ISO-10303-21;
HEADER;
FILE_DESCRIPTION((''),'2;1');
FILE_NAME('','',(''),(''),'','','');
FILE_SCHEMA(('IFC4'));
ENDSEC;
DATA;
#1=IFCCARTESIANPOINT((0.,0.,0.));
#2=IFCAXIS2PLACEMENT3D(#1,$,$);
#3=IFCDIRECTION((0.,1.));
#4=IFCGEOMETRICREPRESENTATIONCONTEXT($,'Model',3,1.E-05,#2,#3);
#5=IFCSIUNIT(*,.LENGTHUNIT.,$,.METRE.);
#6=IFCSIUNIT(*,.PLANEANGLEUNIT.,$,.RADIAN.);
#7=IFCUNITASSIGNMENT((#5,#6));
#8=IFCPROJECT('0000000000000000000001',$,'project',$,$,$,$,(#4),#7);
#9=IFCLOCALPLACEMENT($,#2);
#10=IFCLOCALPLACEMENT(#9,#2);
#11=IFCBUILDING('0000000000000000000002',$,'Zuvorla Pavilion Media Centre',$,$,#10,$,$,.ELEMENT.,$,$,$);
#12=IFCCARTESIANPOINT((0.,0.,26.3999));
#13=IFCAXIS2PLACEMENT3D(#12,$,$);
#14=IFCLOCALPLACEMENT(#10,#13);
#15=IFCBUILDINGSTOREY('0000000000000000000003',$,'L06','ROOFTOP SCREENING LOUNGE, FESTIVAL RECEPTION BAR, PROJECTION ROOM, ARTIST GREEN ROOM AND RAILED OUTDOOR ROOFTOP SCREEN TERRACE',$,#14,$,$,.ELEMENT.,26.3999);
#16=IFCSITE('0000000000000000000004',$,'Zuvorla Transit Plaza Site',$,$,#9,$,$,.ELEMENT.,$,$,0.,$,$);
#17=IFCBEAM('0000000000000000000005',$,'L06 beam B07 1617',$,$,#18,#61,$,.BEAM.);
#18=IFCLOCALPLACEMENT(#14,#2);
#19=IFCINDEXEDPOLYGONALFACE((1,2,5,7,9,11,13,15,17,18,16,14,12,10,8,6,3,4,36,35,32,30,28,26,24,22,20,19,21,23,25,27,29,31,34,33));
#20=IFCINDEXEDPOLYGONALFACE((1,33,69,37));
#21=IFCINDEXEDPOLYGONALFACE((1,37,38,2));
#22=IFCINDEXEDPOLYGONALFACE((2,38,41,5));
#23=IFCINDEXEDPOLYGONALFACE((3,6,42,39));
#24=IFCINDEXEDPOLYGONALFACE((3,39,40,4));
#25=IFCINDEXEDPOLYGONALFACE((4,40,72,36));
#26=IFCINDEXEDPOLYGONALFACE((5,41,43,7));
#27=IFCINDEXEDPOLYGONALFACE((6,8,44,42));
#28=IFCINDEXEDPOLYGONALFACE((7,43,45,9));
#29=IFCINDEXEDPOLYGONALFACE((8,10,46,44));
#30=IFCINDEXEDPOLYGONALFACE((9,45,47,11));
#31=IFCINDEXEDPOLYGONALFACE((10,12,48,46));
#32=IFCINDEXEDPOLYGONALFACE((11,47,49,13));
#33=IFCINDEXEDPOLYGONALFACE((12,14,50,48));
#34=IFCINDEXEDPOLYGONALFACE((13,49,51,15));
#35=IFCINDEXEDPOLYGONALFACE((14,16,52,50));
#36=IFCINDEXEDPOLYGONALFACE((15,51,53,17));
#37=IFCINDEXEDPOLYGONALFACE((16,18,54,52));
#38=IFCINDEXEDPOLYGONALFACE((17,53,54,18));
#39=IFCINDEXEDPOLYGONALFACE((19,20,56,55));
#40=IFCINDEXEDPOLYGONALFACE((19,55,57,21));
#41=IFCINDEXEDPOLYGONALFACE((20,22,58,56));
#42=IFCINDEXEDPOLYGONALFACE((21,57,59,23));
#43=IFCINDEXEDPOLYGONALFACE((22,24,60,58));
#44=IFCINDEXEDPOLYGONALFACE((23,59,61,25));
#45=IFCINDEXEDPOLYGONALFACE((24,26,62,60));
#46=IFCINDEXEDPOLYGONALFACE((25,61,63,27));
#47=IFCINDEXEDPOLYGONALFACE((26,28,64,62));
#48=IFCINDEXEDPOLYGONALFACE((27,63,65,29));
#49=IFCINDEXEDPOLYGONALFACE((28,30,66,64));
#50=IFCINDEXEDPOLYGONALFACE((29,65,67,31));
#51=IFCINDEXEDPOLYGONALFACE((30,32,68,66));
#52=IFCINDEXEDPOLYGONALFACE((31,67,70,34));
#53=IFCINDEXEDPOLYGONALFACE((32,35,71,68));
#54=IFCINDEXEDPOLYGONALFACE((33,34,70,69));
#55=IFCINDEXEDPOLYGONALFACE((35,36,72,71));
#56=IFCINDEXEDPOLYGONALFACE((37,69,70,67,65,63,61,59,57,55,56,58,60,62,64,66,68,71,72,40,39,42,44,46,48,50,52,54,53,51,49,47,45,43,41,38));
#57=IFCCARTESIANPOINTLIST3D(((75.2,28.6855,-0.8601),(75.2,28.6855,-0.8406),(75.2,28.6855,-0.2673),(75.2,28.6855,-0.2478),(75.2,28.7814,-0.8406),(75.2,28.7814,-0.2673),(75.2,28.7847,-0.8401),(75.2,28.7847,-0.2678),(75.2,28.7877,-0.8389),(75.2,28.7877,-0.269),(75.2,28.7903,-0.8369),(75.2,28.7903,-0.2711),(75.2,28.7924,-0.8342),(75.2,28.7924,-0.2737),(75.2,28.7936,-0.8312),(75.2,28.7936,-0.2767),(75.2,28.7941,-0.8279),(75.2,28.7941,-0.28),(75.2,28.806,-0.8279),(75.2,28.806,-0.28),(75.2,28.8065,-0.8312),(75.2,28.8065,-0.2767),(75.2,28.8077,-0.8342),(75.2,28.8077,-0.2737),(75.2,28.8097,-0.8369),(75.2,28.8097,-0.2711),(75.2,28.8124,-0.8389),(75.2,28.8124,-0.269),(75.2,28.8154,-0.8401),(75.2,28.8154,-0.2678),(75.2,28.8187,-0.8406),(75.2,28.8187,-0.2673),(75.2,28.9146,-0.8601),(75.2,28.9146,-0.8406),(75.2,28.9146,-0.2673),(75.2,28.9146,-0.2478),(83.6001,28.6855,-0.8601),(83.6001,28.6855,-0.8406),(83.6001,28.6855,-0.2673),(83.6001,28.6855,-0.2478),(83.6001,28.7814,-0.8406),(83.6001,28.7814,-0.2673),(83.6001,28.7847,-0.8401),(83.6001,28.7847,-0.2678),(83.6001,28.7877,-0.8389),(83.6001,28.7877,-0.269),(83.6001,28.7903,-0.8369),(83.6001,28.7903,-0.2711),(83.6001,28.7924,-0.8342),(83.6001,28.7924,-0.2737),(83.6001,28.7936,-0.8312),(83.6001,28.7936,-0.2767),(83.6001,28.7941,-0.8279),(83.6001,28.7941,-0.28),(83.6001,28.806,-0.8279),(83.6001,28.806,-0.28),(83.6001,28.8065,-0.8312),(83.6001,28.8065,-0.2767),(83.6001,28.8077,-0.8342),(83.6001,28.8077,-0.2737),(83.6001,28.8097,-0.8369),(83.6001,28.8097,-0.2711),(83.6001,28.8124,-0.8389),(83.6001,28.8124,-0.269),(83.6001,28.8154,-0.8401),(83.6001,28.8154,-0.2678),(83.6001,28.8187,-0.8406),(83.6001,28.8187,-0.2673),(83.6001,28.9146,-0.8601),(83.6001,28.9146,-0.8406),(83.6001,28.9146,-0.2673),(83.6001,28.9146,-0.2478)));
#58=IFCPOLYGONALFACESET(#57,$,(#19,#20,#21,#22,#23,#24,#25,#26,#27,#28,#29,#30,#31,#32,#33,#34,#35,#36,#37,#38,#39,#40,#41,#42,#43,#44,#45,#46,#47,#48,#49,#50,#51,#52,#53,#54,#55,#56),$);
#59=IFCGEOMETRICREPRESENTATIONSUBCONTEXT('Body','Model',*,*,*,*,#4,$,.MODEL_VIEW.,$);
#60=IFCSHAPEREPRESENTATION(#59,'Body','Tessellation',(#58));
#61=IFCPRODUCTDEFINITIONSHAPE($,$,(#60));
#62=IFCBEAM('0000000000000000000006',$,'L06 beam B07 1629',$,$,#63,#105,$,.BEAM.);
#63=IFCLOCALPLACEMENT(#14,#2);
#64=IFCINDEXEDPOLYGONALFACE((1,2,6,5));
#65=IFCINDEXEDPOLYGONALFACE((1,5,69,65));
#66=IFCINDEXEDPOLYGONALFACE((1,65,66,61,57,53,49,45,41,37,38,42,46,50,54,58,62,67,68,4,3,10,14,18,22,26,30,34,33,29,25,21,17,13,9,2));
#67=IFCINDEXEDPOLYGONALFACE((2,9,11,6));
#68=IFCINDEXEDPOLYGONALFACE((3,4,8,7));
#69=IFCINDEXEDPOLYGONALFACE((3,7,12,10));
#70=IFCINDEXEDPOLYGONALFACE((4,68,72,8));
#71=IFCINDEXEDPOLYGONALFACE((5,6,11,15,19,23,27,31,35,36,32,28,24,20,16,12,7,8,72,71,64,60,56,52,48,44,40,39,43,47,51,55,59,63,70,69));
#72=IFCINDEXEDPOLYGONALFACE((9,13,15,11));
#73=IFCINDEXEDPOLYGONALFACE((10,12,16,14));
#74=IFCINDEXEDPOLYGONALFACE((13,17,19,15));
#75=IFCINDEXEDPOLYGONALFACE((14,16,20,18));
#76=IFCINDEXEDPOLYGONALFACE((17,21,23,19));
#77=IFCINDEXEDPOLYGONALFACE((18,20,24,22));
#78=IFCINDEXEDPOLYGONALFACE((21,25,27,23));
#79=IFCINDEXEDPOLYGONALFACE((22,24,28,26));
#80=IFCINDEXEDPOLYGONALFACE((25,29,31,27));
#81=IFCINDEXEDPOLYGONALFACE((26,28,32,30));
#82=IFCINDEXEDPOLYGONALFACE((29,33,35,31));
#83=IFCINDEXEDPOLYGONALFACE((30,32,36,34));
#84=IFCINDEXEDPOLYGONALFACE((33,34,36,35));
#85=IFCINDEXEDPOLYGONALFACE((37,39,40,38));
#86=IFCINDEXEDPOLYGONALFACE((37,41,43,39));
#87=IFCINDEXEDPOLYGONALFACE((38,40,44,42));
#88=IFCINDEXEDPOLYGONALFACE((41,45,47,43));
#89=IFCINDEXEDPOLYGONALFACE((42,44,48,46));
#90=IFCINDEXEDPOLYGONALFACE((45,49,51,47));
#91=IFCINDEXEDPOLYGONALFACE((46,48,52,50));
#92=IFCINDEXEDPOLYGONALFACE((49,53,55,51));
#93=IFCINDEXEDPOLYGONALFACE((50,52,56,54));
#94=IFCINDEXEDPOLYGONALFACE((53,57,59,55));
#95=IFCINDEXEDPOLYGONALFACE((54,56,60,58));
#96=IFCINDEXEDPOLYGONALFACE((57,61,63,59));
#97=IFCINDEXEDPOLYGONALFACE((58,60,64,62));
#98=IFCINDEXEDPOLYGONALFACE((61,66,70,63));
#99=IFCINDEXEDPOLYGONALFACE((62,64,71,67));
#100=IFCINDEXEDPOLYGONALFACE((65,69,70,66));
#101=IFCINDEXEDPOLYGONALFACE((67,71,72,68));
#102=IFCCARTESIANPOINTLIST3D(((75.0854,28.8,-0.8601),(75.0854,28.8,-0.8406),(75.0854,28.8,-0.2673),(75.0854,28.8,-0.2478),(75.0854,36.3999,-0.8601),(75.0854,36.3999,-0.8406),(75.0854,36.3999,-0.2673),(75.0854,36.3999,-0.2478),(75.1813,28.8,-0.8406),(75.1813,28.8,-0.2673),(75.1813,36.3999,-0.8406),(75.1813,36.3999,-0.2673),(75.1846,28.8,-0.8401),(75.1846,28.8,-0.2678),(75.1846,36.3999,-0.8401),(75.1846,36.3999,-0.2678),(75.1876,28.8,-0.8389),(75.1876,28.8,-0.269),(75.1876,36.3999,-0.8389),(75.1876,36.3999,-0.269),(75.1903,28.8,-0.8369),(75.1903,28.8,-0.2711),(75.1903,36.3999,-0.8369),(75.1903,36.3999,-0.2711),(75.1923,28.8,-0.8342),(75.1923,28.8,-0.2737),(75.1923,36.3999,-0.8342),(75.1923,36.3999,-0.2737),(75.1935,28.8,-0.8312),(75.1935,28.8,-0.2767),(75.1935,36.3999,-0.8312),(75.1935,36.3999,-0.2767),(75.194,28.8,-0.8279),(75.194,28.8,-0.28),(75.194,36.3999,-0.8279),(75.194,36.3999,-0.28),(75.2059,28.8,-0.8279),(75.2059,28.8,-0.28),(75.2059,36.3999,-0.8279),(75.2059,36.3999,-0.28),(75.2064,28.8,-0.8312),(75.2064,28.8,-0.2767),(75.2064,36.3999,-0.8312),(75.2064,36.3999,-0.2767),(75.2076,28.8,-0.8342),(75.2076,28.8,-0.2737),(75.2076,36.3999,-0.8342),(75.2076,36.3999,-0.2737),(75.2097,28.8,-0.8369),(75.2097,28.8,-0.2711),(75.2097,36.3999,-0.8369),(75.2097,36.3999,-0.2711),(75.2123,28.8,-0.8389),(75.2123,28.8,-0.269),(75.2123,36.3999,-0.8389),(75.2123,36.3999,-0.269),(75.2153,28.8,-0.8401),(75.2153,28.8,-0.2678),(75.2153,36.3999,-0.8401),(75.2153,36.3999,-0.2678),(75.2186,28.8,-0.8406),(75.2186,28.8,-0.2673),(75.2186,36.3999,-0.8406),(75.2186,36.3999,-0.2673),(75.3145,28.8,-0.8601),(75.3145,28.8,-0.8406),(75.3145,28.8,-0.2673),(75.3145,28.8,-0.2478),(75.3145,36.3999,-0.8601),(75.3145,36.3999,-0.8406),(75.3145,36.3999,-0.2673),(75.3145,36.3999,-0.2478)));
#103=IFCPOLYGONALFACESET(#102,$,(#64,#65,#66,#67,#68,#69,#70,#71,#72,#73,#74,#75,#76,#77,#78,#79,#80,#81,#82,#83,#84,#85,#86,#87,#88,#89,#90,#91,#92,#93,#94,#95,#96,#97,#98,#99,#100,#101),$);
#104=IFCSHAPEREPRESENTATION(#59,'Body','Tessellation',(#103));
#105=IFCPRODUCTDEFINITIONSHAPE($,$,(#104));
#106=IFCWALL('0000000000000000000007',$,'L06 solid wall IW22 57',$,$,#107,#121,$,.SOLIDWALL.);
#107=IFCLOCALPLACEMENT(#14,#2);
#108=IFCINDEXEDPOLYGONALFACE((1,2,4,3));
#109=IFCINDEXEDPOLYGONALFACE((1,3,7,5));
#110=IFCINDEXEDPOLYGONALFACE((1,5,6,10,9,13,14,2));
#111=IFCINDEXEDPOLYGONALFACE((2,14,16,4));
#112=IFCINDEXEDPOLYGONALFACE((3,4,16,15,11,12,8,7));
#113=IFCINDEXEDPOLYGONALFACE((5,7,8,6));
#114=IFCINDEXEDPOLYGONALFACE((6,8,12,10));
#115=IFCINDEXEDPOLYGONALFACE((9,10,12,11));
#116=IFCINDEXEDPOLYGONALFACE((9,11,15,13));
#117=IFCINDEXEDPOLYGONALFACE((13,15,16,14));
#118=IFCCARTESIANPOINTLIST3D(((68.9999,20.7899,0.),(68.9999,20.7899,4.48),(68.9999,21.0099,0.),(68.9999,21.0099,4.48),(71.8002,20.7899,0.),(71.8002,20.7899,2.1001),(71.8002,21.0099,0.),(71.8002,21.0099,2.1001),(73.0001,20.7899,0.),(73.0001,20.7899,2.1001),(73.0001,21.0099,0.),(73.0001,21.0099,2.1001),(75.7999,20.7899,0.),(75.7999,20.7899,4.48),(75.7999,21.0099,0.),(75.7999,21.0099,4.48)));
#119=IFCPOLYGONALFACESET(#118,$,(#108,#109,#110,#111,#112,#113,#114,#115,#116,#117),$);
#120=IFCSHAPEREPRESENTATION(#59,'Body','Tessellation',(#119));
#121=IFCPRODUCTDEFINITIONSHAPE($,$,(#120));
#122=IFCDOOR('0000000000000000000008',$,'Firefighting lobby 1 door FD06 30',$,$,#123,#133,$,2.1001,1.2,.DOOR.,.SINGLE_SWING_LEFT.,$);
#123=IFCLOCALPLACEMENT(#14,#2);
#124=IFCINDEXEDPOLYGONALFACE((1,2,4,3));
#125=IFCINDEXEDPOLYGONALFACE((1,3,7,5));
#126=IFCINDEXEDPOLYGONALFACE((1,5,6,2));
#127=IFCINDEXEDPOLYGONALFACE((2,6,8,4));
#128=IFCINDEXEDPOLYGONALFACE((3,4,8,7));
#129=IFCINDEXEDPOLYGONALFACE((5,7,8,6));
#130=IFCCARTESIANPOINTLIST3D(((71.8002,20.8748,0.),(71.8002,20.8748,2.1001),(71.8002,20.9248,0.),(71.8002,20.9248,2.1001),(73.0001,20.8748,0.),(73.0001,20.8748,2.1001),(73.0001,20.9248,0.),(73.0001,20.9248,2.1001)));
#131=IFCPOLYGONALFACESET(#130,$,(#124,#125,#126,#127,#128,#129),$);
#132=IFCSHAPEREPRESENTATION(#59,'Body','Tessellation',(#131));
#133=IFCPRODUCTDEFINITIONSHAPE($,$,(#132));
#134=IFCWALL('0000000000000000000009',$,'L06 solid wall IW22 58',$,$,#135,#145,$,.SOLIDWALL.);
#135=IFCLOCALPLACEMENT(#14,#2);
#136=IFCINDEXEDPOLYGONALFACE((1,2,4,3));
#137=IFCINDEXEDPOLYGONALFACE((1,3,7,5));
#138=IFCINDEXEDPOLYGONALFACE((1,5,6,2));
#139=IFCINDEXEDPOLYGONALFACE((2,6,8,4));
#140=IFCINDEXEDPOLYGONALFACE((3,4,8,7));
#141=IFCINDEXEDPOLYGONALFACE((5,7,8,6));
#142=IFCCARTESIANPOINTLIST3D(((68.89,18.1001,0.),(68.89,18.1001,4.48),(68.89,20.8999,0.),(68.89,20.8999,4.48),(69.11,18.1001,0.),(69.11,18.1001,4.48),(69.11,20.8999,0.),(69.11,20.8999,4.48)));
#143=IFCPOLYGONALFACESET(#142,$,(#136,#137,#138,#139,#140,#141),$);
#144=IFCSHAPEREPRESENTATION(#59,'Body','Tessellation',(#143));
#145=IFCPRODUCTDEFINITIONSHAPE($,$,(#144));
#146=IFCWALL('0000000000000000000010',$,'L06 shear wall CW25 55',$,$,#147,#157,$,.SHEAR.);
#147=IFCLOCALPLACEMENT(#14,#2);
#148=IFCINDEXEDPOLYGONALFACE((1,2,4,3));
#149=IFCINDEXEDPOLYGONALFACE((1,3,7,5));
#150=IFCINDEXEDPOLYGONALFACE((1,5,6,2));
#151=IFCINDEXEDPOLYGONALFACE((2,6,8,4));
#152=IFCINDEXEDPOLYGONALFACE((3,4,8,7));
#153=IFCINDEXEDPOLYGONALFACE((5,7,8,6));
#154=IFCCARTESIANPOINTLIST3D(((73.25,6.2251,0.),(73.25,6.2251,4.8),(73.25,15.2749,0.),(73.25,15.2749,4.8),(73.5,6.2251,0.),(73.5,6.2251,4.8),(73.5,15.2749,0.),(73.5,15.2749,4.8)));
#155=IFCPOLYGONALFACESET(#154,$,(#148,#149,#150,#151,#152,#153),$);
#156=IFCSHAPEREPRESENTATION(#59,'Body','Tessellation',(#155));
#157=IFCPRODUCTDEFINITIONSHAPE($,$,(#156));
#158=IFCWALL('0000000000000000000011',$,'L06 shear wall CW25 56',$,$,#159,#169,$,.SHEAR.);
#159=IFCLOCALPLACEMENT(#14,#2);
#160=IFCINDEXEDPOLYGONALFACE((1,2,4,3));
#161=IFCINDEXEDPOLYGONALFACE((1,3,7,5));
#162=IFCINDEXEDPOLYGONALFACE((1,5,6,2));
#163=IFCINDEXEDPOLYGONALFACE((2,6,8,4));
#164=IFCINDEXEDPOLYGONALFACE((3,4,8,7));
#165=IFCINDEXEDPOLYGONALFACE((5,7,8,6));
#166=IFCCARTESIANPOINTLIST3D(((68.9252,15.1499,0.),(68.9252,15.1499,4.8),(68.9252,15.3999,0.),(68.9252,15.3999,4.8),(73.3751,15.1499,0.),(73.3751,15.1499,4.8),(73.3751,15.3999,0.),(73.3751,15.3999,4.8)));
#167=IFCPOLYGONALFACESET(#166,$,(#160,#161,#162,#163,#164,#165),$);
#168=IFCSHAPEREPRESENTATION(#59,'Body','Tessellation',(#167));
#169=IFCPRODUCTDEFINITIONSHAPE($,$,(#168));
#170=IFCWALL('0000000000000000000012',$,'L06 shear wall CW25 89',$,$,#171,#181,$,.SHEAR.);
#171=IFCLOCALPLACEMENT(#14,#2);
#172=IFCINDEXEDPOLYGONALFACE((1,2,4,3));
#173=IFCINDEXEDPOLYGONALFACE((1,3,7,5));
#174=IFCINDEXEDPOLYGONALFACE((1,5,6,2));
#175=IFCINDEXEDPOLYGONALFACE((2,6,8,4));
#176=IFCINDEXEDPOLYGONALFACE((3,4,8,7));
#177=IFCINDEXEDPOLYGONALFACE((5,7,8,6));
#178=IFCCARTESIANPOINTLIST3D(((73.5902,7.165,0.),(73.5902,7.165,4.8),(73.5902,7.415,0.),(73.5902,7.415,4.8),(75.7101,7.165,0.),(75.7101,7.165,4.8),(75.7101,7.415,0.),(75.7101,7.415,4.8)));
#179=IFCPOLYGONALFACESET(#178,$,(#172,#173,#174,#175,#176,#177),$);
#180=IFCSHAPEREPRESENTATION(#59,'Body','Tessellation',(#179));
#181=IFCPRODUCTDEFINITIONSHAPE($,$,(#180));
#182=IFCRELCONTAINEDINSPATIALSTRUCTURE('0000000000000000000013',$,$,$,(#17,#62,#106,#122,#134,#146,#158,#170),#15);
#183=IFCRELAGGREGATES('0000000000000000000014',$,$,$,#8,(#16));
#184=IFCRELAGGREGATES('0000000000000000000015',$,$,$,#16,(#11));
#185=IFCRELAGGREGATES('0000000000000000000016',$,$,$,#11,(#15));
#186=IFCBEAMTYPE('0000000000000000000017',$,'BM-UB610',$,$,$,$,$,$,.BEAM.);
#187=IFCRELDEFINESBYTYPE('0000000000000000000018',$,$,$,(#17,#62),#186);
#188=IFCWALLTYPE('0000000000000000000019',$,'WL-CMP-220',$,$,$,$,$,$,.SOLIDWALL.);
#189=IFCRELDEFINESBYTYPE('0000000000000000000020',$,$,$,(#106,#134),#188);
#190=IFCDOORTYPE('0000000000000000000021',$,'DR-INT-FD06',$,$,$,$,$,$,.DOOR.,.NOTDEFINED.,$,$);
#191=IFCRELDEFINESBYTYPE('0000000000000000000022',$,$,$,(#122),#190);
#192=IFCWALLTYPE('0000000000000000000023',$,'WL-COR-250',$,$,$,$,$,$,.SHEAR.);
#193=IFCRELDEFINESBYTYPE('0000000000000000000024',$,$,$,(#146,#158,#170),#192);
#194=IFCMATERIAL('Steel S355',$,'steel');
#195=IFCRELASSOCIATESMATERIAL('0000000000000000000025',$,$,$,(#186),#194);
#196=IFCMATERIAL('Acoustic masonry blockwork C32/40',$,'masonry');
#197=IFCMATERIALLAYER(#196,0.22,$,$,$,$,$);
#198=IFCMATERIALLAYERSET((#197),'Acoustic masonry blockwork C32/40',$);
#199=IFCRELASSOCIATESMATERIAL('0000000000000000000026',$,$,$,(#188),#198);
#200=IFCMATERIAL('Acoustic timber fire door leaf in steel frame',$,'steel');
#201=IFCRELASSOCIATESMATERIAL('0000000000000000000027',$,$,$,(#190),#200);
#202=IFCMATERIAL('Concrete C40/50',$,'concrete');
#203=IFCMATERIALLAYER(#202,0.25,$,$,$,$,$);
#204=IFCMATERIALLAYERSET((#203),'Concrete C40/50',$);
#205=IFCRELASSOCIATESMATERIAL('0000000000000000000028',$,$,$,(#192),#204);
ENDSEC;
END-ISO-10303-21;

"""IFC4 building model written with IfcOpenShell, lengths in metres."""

from ifc_helpers import new_model, si_unit, direction, frame, frame_2d, origin, origin_2d, place, context, subcontext, project, spatial, rectangle, i_section, extrude, material, layer, layer_set, material_profile, profile_set, type_object, element, fill, save


model = new_model("IFC4")

# Units and contexts
model_context = context("Model", 3, precision=1e-05, world=origin(), true_north=direction((0.0, 1.0)))
body_context = subcontext(model_context, "Body", "Model", "MODEL_VIEW")
ifc_project = project(units=[si_unit("LENGTHUNIT", "METRE"), si_unit("PLANEANGLEUNIT", "RADIAN")], contexts=[model_context])

# Site, building, storey
site_placement = place(None, origin())
site = spatial("IfcSite", under=ifc_project, at=site_placement, Name="Zuvorla Transit Plaza Site", CompositionType="ELEMENT", RefElevation=0.0)
building_placement = place(site_placement, origin())
building = spatial("IfcBuilding", under=site, at=building_placement, Name="Zuvorla Pavilion Media Centre", CompositionType="ELEMENT")
storey_placement = place(building_placement, frame((0.0, 0.0, 26.3999)))
storey = spatial("IfcBuildingStorey", under=building, at=storey_placement, Name="L06", Description="ROOFTOP SCREENING LOUNGE, FESTIVAL RECEPTION BAR, PROJECTION ROOM, ARTIST GREEN ROOM AND RAILED OUTDOOR ROOFTOP SCREEN TERRACE", CompositionType="ELEMENT", Elevation=26.3999)

# Shared definitions
ifc_material_1 = material(Name="Steel S355", Category="steel")

# Beams
ifc_material_2 = material(Name="Concrete C40/50", Category="concrete")
ifc_material_profile_1 = material_profile(ifc_material_1, i_section(OverallWidth=0.229, OverallDepth=0.6123, WebThickness=0.012, FlangeThickness=0.0195, FilletRadius=0.0127, at=origin_2d()), Name="UB 610x229x125")
ifc_profile_set_1 = profile_set([ifc_material_profile_1], Name="Steel S355")
beam_type_1 = type_object("IfcBeamType", Name="BM-UB610", PredefinedType="BEAM", material=ifc_profile_set_1)
beam_1_placement = place(storey_placement, frame((75.2, 28.8, -0.554), z_axis=(1.0, 0.0, 0.0), x_axis=(0.0, 1.0, 0.0)))
element("IfcBeam", 1, at=beam_1_placement, inside=storey, type_object=beam_type_1, Name="L06 beam B07 1617", PredefinedType="BEAM", context=body_context, shape_type="SweptSolid", body=[
    extrude(i_section(OverallWidth=0.229, OverallDepth=0.6123, WebThickness=0.012, FlangeThickness=0.0195, FilletRadius=0.0127, at=origin_2d()), origin(), (0.0, 0.0, 1.0), 8.4001),
])
beam_2_placement = place(storey_placement, frame((75.2, 28.8, -0.554), z_axis=(0.0, 1.0, 0.0), x_axis=(-1.0, 0.0, 0.0)))
element("IfcBeam", 2, at=beam_2_placement, inside=storey, type_object=beam_type_1, Name="L06 beam B07 1629", PredefinedType="BEAM", context=body_context, shape_type="SweptSolid", body=[
    extrude(i_section(OverallWidth=0.229, OverallDepth=0.6123, WebThickness=0.012, FlangeThickness=0.0195, FilletRadius=0.0127, at=origin_2d()), origin(), (0.0, 0.0, 1.0), 7.5999),
])

# Wall, opening, door
ifc_material_3 = material(Name="Acoustic masonry blockwork C32/40", Category="masonry")
ifc_layer_1 = layer(ifc_material_3, 0.22)
ifc_layer_set_1 = layer_set([ifc_layer_1], Name="Acoustic masonry blockwork C32/40")
wall_type_1 = type_object("IfcWallType", Name="WL-CMP-220", PredefinedType="SOLIDWALL", material=ifc_layer_set_1)
wall_1_placement = place(storey_placement, frame((69.0, 20.8999, 0.0), z_axis=(0.0, 0.0, 1.0), x_axis=(1.0, 0.0, 0.0)))
wall_1 = element("IfcWall", 3, at=wall_1_placement, inside=storey, type_object=wall_type_1, Name="L06 solid wall IW22 57", PredefinedType="SOLIDWALL", context=body_context, shape_type="SweptSolid", body=[
    extrude(rectangle(XDim=6.8, YDim=0.22, at=frame_2d((3.3999, 0.0))), origin(), (0.0, 0.0, 1.0), 4.48),
])
opening_1_placement = place(wall_1_placement, frame((2.8, 0.0, 0.0)))
opening_1 = element("IfcOpeningElement", 4, at=opening_1_placement, cuts=wall_1, PredefinedType="OPENING", context=body_context, shape_type="SweptSolid", body=[
    extrude(rectangle(XDim=1.2, YDim=2.1001, at=frame_2d((0.6001, 1.05))), frame((0.0, 0.1199, 0.0), z_axis=(0.0, -1.0, 0.0), x_axis=(1.0, 0.0, 0.0)), (0.0, 0.0, 1.0), 0.24),
])
ifc_material_4 = material(Name="Acoustic timber fire door leaf in steel frame", Category="steel")
door_type_1 = type_object("IfcDoorType", Name="DR-INT-FD06", OperationType="NOTDEFINED", PredefinedType="DOOR", material=ifc_material_4)
door_1_placement = place(opening_1_placement, origin())
door_1 = element("IfcDoor", 5, at=door_1_placement, inside=storey, type_object=door_type_1, Name="Firefighting lobby 1 door FD06 30", OperationType="SINGLE_SWING_LEFT", OverallHeight=2.1001, OverallWidth=1.2, PredefinedType="DOOR", context=body_context, shape_type="SweptSolid", body=[
    extrude(rectangle(XDim=1.2, YDim=2.1001, at=frame_2d((0.6001, 1.05))), frame((0.0, 0.0249, 0.0), z_axis=(0.0, -1.0, 0.0), x_axis=(1.0, 0.0, 0.0)), (0.0, 0.0, 1.0), 0.05),
])
fill(opening_1, door_1)

# Walls
wall_2_placement = place(storey_placement, frame((69.0, 18.1001, 0.0), z_axis=(0.0, 0.0, 1.0), x_axis=(0.0, 1.0, 0.0)))
element("IfcWall", 6, at=wall_2_placement, inside=storey, type_object=wall_type_1, Name="L06 solid wall IW22 58", PredefinedType="SOLIDWALL", context=body_context, shape_type="SweptSolid", body=[
    extrude(rectangle(XDim=2.7998, YDim=0.22, at=frame_2d((1.3999, 0.0))), origin(), (0.0, 0.0, 1.0), 4.48),
])
ifc_layer_2 = layer(ifc_material_2, 0.25)
ifc_layer_set_2 = layer_set([ifc_layer_2], Name="Concrete C40/50")
wall_type_2 = type_object("IfcWallType", Name="WL-COR-250", PredefinedType="SHEAR", material=ifc_layer_set_2)
wall_3_placement = place(storey_placement, frame((73.375, 6.2251, 0.0), z_axis=(0.0, 0.0, 1.0), x_axis=(0.0, 1.0, 0.0)))
element("IfcWall", 7, at=wall_3_placement, inside=storey, type_object=wall_type_2, Name="L06 shear wall CW25 55", PredefinedType="SHEAR", context=body_context, shape_type="SweptSolid", body=[
    extrude(rectangle(XDim=9.0498, YDim=0.25, at=frame_2d((4.5249, 0.0))), origin(), (0.0, 0.0, 1.0), 4.8),
])
wall_4_placement = place(storey_placement, frame((68.925, 15.2749, 0.0), z_axis=(0.0, 0.0, 1.0), x_axis=(1.0, 0.0, 0.0)))
element("IfcWall", 8, at=wall_4_placement, inside=storey, type_object=wall_type_2, Name="L06 shear wall CW25 56", PredefinedType="SHEAR", context=body_context, shape_type="SweptSolid", body=[
    extrude(rectangle(XDim=4.45, YDim=0.25, at=frame_2d((2.2251, 0.0))), origin(), (0.0, 0.0, 1.0), 4.8),
])
wall_5_placement = place(storey_placement, frame((73.5901, 7.29, 0.0), z_axis=(0.0, 0.0, 1.0), x_axis=(1.0, 0.0, 0.0)))
element("IfcWall", 9, at=wall_5_placement, inside=storey, type_object=wall_type_2, Name="L06 shear wall CW25 89", PredefinedType="SHEAR", context=body_context, shape_type="SweptSolid", body=[
    extrude(rectangle(XDim=2.1199, YDim=0.25, at=frame_2d((1.0601, 0.0))), origin(), (0.0, 0.0, 1.0), 4.8),
])

save(model, "model.ifc")
